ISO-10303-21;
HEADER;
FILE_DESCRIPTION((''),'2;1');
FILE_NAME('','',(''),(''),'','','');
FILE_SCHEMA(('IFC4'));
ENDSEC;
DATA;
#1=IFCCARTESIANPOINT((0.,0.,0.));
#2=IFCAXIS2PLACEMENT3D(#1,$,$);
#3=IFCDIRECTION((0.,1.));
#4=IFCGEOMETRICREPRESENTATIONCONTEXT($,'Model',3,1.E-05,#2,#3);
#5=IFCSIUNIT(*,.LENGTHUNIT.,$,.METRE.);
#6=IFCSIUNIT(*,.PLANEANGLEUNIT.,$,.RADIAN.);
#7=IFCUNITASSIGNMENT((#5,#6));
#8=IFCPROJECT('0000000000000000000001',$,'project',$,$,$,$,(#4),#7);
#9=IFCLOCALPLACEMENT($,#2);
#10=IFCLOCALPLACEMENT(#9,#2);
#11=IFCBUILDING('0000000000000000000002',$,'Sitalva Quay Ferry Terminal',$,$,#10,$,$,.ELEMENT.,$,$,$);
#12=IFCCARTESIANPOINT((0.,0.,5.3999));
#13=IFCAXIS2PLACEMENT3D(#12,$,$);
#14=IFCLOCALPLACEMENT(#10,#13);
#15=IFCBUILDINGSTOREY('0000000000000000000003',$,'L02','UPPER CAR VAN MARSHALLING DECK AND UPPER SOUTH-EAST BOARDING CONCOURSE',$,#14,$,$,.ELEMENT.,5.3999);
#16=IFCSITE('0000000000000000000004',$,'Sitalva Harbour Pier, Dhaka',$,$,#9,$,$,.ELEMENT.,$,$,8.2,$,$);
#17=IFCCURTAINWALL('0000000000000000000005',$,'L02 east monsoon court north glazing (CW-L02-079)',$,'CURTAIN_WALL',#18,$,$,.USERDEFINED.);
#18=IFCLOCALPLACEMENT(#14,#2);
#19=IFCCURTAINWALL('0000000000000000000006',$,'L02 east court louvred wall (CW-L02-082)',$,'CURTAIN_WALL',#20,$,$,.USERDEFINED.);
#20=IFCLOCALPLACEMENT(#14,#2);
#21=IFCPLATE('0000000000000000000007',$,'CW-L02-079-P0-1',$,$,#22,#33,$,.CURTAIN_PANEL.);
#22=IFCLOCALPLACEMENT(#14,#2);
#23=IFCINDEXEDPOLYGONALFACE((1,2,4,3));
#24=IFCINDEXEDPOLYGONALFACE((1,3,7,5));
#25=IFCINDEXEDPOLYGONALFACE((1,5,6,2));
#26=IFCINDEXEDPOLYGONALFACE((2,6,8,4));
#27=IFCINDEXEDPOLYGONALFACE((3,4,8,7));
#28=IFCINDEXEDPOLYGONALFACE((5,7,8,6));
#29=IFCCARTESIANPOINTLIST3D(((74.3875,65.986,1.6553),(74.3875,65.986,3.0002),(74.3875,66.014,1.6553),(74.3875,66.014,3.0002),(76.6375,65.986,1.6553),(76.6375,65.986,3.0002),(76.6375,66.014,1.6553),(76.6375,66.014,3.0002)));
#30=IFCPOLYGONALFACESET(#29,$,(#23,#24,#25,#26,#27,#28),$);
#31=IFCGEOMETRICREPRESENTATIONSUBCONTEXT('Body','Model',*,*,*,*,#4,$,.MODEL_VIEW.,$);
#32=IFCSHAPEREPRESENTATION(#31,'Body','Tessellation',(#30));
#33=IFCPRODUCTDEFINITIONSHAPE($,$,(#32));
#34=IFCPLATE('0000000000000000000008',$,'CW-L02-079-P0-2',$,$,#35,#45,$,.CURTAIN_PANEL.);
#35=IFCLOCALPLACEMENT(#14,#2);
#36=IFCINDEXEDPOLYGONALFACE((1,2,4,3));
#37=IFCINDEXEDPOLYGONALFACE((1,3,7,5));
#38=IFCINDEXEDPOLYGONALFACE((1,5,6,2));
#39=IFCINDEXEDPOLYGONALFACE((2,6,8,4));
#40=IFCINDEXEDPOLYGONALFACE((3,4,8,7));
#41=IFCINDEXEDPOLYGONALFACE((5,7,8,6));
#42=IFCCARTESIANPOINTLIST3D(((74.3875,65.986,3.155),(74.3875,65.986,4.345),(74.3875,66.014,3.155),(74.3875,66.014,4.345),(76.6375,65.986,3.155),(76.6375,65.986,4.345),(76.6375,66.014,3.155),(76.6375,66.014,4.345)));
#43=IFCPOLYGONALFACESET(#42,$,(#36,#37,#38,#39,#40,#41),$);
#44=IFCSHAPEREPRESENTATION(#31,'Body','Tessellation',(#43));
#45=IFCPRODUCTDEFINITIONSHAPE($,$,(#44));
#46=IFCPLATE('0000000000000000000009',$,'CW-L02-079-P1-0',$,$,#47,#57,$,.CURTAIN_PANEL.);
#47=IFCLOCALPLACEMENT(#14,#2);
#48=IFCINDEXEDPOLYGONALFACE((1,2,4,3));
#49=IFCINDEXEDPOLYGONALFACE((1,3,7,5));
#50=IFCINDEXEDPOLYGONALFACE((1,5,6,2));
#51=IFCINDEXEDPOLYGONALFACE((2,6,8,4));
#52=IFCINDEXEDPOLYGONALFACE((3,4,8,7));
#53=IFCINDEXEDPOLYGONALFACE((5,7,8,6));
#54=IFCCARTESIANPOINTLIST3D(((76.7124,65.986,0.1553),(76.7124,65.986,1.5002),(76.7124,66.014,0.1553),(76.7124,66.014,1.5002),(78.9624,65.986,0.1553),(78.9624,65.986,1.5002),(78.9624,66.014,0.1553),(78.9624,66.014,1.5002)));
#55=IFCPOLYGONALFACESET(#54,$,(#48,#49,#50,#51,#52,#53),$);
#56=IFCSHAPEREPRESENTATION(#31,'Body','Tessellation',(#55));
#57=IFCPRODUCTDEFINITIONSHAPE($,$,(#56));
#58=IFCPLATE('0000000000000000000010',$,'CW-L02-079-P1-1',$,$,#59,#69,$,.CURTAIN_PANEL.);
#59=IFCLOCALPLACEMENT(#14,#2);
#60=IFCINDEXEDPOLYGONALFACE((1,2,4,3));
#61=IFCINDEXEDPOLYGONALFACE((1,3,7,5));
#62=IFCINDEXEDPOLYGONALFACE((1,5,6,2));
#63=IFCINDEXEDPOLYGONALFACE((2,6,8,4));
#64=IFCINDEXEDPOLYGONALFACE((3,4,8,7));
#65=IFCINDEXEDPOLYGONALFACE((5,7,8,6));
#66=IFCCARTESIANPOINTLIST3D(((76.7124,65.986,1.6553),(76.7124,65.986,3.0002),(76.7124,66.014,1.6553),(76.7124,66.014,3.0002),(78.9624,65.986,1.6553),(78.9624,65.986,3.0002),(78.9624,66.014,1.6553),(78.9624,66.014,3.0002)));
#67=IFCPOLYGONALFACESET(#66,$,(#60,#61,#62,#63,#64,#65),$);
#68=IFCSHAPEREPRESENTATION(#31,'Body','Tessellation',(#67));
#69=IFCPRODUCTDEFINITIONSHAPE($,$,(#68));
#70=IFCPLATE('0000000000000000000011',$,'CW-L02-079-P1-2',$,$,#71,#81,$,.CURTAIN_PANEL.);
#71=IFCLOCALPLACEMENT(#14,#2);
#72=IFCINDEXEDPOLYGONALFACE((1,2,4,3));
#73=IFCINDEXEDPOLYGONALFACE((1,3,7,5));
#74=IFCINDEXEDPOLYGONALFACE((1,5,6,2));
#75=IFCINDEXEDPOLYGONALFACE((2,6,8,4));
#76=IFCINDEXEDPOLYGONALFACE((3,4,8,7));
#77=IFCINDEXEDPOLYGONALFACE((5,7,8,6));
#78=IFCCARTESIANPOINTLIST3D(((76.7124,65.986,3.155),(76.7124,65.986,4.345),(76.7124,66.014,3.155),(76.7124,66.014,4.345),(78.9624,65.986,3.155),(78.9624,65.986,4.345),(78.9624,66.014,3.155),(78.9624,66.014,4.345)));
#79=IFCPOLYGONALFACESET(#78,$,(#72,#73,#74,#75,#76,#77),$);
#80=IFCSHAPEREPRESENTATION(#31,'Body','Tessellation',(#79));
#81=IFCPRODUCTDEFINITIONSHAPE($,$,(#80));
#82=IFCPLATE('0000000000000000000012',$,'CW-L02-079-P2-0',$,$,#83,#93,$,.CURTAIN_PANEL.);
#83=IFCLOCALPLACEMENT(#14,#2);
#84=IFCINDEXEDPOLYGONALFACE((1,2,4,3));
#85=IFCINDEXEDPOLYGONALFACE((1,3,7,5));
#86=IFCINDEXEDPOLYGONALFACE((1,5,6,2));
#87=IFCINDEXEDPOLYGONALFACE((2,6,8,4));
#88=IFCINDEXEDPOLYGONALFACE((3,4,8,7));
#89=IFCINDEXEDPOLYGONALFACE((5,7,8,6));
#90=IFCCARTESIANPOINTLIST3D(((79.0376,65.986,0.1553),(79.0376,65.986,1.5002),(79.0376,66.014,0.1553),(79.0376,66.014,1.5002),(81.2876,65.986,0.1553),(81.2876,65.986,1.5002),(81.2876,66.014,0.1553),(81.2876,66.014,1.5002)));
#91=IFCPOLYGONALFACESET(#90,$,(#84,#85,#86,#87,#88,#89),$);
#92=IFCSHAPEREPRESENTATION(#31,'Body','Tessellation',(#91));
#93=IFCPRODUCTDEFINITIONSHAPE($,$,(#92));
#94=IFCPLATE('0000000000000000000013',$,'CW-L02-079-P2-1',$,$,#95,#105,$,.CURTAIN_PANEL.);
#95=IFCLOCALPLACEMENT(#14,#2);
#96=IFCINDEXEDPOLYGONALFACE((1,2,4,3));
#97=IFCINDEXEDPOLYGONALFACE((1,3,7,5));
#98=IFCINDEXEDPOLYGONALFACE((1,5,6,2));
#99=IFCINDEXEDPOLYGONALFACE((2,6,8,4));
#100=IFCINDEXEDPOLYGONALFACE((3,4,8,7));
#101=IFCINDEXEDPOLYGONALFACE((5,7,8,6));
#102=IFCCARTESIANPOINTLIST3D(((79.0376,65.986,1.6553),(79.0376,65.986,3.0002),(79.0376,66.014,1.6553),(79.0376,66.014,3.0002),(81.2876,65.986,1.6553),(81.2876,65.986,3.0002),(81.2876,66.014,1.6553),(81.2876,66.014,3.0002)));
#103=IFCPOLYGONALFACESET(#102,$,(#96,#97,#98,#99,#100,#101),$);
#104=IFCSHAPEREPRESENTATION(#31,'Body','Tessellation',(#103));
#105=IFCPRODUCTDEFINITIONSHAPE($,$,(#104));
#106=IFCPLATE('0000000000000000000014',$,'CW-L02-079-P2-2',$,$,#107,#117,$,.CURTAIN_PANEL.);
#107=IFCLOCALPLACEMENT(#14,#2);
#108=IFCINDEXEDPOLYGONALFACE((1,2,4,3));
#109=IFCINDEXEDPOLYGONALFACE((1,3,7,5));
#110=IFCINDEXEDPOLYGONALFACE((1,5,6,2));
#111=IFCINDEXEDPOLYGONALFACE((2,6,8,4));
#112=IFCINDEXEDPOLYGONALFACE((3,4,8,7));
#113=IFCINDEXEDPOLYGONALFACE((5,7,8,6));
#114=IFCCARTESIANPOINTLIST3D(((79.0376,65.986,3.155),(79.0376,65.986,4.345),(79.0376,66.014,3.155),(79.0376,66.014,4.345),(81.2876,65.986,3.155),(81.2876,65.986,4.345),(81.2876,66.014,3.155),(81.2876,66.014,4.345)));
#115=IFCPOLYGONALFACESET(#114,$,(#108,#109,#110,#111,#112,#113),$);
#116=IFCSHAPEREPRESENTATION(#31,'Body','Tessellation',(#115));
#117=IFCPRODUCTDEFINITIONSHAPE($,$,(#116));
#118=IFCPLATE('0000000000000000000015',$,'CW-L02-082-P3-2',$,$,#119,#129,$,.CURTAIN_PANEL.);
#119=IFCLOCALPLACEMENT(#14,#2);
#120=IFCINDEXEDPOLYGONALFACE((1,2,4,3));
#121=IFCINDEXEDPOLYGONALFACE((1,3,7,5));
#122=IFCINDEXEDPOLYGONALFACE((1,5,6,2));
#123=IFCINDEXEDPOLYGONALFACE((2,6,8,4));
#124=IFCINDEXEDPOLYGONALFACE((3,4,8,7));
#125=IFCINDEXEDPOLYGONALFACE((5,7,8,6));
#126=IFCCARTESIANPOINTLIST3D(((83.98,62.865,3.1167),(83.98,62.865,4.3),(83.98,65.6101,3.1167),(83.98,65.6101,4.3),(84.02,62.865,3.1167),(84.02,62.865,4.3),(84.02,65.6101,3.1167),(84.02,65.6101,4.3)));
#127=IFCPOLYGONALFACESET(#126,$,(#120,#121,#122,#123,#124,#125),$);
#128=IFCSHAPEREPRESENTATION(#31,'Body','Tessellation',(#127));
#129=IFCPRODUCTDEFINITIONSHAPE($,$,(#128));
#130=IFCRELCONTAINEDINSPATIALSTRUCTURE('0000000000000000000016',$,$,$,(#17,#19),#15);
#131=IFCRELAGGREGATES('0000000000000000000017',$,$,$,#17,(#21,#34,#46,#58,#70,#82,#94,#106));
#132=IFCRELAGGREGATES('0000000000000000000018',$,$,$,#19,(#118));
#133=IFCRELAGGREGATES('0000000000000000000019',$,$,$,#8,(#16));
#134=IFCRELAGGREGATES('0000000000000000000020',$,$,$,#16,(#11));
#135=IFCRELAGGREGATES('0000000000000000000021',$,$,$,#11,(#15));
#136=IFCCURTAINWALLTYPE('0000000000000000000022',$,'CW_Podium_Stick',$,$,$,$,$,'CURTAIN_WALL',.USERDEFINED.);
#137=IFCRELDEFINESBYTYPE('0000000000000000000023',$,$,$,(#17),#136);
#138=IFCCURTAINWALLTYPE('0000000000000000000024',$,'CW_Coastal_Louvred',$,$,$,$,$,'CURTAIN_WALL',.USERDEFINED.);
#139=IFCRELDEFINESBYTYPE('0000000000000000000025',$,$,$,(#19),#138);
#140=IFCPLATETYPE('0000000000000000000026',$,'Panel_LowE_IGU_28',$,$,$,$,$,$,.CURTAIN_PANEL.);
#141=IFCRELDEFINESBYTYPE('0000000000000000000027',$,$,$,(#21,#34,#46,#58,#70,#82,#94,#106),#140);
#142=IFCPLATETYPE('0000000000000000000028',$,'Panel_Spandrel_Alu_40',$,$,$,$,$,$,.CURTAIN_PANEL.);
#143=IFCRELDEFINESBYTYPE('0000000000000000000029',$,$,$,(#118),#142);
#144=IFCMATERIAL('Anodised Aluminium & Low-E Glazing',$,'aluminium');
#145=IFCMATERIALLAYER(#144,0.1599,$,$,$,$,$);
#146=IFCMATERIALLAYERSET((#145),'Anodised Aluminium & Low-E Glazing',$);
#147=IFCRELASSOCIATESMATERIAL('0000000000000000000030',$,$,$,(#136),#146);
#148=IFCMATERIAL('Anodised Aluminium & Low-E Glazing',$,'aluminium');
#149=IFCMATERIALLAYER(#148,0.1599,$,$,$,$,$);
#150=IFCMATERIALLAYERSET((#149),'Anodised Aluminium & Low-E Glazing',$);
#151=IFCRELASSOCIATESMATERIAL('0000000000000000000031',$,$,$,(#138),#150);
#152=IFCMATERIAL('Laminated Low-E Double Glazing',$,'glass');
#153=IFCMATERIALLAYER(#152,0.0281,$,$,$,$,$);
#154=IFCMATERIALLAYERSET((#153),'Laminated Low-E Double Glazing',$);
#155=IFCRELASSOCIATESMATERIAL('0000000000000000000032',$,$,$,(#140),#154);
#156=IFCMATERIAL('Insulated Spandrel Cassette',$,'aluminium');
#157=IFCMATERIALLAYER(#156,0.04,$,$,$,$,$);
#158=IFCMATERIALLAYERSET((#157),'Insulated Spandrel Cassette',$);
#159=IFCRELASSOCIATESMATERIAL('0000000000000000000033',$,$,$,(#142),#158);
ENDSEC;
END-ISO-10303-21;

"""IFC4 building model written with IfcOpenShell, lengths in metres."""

from ifc_helpers import new_model, si_unit, direction, frame, origin, origin_2d, place, context, subcontext, project, spatial, rectangle, extrude, material, layer, layer_set, type_object, element, aggregate, save


model = new_model("IFC4")

# Units and contexts
model_context = context("Model", 3, precision=1e-05, world=origin(), true_north=direction((0.0, 1.0)))
body_context = subcontext(model_context, "Body", "Model", "MODEL_VIEW")
ifc_project = project(units=[si_unit("LENGTHUNIT", "METRE"), si_unit("PLANEANGLEUNIT", "RADIAN")], contexts=[model_context])

# Site, building, storey
site_placement = place(None, origin())
site = spatial("IfcSite", under=ifc_project, at=site_placement, Name="Sitalva Harbour Pier, Dhaka", CompositionType="ELEMENT", RefElevation=8.2)
building_placement = place(site_placement, origin())
building = spatial("IfcBuilding", under=site, at=building_placement, Name="Sitalva Quay Ferry Terminal", CompositionType="ELEMENT")
storey_placement = place(building_placement, frame((0.0, 0.0, 5.3999)))
storey = spatial("IfcBuildingStorey", under=building, at=storey_placement, Name="L02", Description="UPPER CAR VAN MARSHALLING DECK AND UPPER SOUTH-EAST BOARDING CONCOURSE", CompositionType="ELEMENT", Elevation=5.3999)

# Curtain wall
ifc_material_1 = material(Name="Anodised Aluminium & Low-E Glazing", Category="aluminium")
ifc_layer_1 = layer(ifc_material_1, 0.1599)
ifc_layer_set_1 = layer_set([ifc_layer_1], Name="Anodised Aluminium & Low-E Glazing")
curtain_wall_type_1 = type_object("IfcCurtainWallType", Name="CW_Podium_Stick", ElementType="CURTAIN_WALL", PredefinedType="USERDEFINED", material=ifc_layer_set_1)
curtain_wall_1_placement = place(storey_placement, origin())
curtain_wall_1 = element("IfcCurtainWall", 1, at=curtain_wall_1_placement, inside=storey, type_object=curtain_wall_type_1, Name="L02 east monsoon court north glazing (CW-L02-079)", ObjectType="CURTAIN_WALL", PredefinedType="USERDEFINED")

# Curtain wall
ifc_material_2 = material(Name="Anodised Aluminium & Low-E Glazing", Category="aluminium")
ifc_layer_2 = layer(ifc_material_2, 0.1599)
ifc_layer_set_2 = layer_set([ifc_layer_2], Name="Anodised Aluminium & Low-E Glazing")
curtain_wall_type_2 = type_object("IfcCurtainWallType", Name="CW_Coastal_Louvred", ElementType="CURTAIN_WALL", PredefinedType="USERDEFINED", material=ifc_layer_set_2)
curtain_wall_2_placement = place(storey_placement, origin())
curtain_wall_2 = element("IfcCurtainWall", 2, at=curtain_wall_2_placement, inside=storey, type_object=curtain_wall_type_2, Name="L02 east court louvred wall (CW-L02-082)", ObjectType="CURTAIN_WALL", PredefinedType="USERDEFINED")

# Plates
ifc_material_3 = material(Name="Laminated Low-E Double Glazing", Category="glass")
ifc_layer_3 = layer(ifc_material_3, 0.0281)
ifc_layer_set_3 = layer_set([ifc_layer_3], Name="Laminated Low-E Double Glazing")
plate_type_1 = type_object("IfcPlateType", Name="Panel_LowE_IGU_28", PredefinedType="CURTAIN_PANEL", material=ifc_layer_set_3)
plate_1_placement = place(storey_placement, frame((75.5125, 66.0, 1.6553), z_axis=(0.0, 0.0, 1.0), x_axis=(1.0, 0.0, 0.0)))
plate_1 = element("IfcPlate", 3, at=plate_1_placement, type_object=plate_type_1, Name="CW-L02-079-P0-1", PredefinedType="CURTAIN_PANEL", context=body_context, shape_type="SweptSolid", body=[
    extrude(rectangle(XDim=2.25, YDim=0.0281, at=origin_2d()), origin(), (0.0, 0.0, 1.0), 1.345),
])
plate_2_placement = place(storey_placement, frame((75.5125, 66.0, 3.155), z_axis=(0.0, 0.0, 1.0), x_axis=(1.0, 0.0, 0.0)))
plate_2 = element("IfcPlate", 4, at=plate_2_placement, type_object=plate_type_1, Name="CW-L02-079-P0-2", PredefinedType="CURTAIN_PANEL", context=body_context, shape_type="SweptSolid", body=[
    extrude(rectangle(XDim=2.25, YDim=0.0281, at=origin_2d()), origin(), (0.0, 0.0, 1.0), 1.1899),
])
plate_3_placement = place(storey_placement, frame((77.8374, 66.0, 0.1553), z_axis=(0.0, 0.0, 1.0), x_axis=(1.0, 0.0, 0.0)))
plate_3 = element("IfcPlate", 5, at=plate_3_placement, type_object=plate_type_1, Name="CW-L02-079-P1-0", PredefinedType="CURTAIN_PANEL", context=body_context, shape_type="SweptSolid", body=[
    extrude(rectangle(XDim=2.25, YDim=0.0281, at=origin_2d()), origin(), (0.0, 0.0, 1.0), 1.345),
])
plate_4_placement = place(storey_placement, frame((77.8374, 66.0, 1.6553), z_axis=(0.0, 0.0, 1.0), x_axis=(1.0, 0.0, 0.0)))
plate_4 = element("IfcPlate", 6, at=plate_4_placement, type_object=plate_type_1, Name="CW-L02-079-P1-1", PredefinedType="CURTAIN_PANEL", context=body_context, shape_type="SweptSolid", body=[
    extrude(rectangle(XDim=2.25, YDim=0.0281, at=origin_2d()), origin(), (0.0, 0.0, 1.0), 1.345),
])
plate_5_placement = place(storey_placement, frame((77.8374, 66.0, 3.155), z_axis=(0.0, 0.0, 1.0), x_axis=(1.0, 0.0, 0.0)))
plate_5 = element("IfcPlate", 7, at=plate_5_placement, type_object=plate_type_1, Name="CW-L02-079-P1-2", PredefinedType="CURTAIN_PANEL", context=body_context, shape_type="SweptSolid", body=[
    extrude(rectangle(XDim=2.25, YDim=0.0281, at=origin_2d()), origin(), (0.0, 0.0, 1.0), 1.1899),
])
plate_6_placement = place(storey_placement, frame((80.1626, 66.0, 0.1553), z_axis=(0.0, 0.0, 1.0), x_axis=(1.0, 0.0, 0.0)))
plate_6 = element("IfcPlate", 8, at=plate_6_placement, type_object=plate_type_1, Name="CW-L02-079-P2-0", PredefinedType="CURTAIN_PANEL", context=body_context, shape_type="SweptSolid", body=[
    extrude(rectangle(XDim=2.25, YDim=0.0281, at=origin_2d()), origin(), (0.0, 0.0, 1.0), 1.345),
])
plate_7_placement = place(storey_placement, frame((80.1626, 66.0, 1.6553), z_axis=(0.0, 0.0, 1.0), x_axis=(1.0, 0.0, 0.0)))
plate_7 = element("IfcPlate", 9, at=plate_7_placement, type_object=plate_type_1, Name="CW-L02-079-P2-1", PredefinedType="CURTAIN_PANEL", context=body_context, shape_type="SweptSolid", body=[
    extrude(rectangle(XDim=2.25, YDim=0.0281, at=origin_2d()), origin(), (0.0, 0.0, 1.0), 1.345),
])
plate_8_placement = place(storey_placement, frame((80.1626, 66.0, 3.155), z_axis=(0.0, 0.0, 1.0), x_axis=(1.0, 0.0, 0.0)))
plate_8 = element("IfcPlate", 10, at=plate_8_placement, type_object=plate_type_1, Name="CW-L02-079-P2-2", PredefinedType="CURTAIN_PANEL", context=body_context, shape_type="SweptSolid", body=[
    extrude(rectangle(XDim=2.25, YDim=0.0281, at=origin_2d()), origin(), (0.0, 0.0, 1.0), 1.1899),
])
aggregate(curtain_wall_1, [plate_1, plate_2, plate_3, plate_4, plate_5, plate_6, plate_7, plate_8])
ifc_material_4 = material(Name="Insulated Spandrel Cassette", Category="aluminium")
ifc_layer_4 = layer(ifc_material_4, 0.04)
ifc_layer_set_4 = layer_set([ifc_layer_4], Name="Insulated Spandrel Cassette")
plate_type_2 = type_object("IfcPlateType", Name="Panel_Spandrel_Alu_40", PredefinedType="CURTAIN_PANEL", material=ifc_layer_set_4)
plate_9_placement = place(storey_placement, frame((84.0, 64.2375, 3.1167), z_axis=(0.0, 0.0, 1.0), x_axis=(0.0, 1.0, 0.0)))
plate_9 = element("IfcPlate", 11, at=plate_9_placement, type_object=plate_type_2, Name="CW-L02-082-P3-2", PredefinedType="CURTAIN_PANEL", context=body_context, shape_type="SweptSolid", body=[
    extrude(rectangle(XDim=2.7451, YDim=0.04, at=origin_2d()), origin(), (0.0, 0.0, 1.0), 1.1833),
])
aggregate(curtain_wall_2, [plate_9])

save(model, "model.ifc")
